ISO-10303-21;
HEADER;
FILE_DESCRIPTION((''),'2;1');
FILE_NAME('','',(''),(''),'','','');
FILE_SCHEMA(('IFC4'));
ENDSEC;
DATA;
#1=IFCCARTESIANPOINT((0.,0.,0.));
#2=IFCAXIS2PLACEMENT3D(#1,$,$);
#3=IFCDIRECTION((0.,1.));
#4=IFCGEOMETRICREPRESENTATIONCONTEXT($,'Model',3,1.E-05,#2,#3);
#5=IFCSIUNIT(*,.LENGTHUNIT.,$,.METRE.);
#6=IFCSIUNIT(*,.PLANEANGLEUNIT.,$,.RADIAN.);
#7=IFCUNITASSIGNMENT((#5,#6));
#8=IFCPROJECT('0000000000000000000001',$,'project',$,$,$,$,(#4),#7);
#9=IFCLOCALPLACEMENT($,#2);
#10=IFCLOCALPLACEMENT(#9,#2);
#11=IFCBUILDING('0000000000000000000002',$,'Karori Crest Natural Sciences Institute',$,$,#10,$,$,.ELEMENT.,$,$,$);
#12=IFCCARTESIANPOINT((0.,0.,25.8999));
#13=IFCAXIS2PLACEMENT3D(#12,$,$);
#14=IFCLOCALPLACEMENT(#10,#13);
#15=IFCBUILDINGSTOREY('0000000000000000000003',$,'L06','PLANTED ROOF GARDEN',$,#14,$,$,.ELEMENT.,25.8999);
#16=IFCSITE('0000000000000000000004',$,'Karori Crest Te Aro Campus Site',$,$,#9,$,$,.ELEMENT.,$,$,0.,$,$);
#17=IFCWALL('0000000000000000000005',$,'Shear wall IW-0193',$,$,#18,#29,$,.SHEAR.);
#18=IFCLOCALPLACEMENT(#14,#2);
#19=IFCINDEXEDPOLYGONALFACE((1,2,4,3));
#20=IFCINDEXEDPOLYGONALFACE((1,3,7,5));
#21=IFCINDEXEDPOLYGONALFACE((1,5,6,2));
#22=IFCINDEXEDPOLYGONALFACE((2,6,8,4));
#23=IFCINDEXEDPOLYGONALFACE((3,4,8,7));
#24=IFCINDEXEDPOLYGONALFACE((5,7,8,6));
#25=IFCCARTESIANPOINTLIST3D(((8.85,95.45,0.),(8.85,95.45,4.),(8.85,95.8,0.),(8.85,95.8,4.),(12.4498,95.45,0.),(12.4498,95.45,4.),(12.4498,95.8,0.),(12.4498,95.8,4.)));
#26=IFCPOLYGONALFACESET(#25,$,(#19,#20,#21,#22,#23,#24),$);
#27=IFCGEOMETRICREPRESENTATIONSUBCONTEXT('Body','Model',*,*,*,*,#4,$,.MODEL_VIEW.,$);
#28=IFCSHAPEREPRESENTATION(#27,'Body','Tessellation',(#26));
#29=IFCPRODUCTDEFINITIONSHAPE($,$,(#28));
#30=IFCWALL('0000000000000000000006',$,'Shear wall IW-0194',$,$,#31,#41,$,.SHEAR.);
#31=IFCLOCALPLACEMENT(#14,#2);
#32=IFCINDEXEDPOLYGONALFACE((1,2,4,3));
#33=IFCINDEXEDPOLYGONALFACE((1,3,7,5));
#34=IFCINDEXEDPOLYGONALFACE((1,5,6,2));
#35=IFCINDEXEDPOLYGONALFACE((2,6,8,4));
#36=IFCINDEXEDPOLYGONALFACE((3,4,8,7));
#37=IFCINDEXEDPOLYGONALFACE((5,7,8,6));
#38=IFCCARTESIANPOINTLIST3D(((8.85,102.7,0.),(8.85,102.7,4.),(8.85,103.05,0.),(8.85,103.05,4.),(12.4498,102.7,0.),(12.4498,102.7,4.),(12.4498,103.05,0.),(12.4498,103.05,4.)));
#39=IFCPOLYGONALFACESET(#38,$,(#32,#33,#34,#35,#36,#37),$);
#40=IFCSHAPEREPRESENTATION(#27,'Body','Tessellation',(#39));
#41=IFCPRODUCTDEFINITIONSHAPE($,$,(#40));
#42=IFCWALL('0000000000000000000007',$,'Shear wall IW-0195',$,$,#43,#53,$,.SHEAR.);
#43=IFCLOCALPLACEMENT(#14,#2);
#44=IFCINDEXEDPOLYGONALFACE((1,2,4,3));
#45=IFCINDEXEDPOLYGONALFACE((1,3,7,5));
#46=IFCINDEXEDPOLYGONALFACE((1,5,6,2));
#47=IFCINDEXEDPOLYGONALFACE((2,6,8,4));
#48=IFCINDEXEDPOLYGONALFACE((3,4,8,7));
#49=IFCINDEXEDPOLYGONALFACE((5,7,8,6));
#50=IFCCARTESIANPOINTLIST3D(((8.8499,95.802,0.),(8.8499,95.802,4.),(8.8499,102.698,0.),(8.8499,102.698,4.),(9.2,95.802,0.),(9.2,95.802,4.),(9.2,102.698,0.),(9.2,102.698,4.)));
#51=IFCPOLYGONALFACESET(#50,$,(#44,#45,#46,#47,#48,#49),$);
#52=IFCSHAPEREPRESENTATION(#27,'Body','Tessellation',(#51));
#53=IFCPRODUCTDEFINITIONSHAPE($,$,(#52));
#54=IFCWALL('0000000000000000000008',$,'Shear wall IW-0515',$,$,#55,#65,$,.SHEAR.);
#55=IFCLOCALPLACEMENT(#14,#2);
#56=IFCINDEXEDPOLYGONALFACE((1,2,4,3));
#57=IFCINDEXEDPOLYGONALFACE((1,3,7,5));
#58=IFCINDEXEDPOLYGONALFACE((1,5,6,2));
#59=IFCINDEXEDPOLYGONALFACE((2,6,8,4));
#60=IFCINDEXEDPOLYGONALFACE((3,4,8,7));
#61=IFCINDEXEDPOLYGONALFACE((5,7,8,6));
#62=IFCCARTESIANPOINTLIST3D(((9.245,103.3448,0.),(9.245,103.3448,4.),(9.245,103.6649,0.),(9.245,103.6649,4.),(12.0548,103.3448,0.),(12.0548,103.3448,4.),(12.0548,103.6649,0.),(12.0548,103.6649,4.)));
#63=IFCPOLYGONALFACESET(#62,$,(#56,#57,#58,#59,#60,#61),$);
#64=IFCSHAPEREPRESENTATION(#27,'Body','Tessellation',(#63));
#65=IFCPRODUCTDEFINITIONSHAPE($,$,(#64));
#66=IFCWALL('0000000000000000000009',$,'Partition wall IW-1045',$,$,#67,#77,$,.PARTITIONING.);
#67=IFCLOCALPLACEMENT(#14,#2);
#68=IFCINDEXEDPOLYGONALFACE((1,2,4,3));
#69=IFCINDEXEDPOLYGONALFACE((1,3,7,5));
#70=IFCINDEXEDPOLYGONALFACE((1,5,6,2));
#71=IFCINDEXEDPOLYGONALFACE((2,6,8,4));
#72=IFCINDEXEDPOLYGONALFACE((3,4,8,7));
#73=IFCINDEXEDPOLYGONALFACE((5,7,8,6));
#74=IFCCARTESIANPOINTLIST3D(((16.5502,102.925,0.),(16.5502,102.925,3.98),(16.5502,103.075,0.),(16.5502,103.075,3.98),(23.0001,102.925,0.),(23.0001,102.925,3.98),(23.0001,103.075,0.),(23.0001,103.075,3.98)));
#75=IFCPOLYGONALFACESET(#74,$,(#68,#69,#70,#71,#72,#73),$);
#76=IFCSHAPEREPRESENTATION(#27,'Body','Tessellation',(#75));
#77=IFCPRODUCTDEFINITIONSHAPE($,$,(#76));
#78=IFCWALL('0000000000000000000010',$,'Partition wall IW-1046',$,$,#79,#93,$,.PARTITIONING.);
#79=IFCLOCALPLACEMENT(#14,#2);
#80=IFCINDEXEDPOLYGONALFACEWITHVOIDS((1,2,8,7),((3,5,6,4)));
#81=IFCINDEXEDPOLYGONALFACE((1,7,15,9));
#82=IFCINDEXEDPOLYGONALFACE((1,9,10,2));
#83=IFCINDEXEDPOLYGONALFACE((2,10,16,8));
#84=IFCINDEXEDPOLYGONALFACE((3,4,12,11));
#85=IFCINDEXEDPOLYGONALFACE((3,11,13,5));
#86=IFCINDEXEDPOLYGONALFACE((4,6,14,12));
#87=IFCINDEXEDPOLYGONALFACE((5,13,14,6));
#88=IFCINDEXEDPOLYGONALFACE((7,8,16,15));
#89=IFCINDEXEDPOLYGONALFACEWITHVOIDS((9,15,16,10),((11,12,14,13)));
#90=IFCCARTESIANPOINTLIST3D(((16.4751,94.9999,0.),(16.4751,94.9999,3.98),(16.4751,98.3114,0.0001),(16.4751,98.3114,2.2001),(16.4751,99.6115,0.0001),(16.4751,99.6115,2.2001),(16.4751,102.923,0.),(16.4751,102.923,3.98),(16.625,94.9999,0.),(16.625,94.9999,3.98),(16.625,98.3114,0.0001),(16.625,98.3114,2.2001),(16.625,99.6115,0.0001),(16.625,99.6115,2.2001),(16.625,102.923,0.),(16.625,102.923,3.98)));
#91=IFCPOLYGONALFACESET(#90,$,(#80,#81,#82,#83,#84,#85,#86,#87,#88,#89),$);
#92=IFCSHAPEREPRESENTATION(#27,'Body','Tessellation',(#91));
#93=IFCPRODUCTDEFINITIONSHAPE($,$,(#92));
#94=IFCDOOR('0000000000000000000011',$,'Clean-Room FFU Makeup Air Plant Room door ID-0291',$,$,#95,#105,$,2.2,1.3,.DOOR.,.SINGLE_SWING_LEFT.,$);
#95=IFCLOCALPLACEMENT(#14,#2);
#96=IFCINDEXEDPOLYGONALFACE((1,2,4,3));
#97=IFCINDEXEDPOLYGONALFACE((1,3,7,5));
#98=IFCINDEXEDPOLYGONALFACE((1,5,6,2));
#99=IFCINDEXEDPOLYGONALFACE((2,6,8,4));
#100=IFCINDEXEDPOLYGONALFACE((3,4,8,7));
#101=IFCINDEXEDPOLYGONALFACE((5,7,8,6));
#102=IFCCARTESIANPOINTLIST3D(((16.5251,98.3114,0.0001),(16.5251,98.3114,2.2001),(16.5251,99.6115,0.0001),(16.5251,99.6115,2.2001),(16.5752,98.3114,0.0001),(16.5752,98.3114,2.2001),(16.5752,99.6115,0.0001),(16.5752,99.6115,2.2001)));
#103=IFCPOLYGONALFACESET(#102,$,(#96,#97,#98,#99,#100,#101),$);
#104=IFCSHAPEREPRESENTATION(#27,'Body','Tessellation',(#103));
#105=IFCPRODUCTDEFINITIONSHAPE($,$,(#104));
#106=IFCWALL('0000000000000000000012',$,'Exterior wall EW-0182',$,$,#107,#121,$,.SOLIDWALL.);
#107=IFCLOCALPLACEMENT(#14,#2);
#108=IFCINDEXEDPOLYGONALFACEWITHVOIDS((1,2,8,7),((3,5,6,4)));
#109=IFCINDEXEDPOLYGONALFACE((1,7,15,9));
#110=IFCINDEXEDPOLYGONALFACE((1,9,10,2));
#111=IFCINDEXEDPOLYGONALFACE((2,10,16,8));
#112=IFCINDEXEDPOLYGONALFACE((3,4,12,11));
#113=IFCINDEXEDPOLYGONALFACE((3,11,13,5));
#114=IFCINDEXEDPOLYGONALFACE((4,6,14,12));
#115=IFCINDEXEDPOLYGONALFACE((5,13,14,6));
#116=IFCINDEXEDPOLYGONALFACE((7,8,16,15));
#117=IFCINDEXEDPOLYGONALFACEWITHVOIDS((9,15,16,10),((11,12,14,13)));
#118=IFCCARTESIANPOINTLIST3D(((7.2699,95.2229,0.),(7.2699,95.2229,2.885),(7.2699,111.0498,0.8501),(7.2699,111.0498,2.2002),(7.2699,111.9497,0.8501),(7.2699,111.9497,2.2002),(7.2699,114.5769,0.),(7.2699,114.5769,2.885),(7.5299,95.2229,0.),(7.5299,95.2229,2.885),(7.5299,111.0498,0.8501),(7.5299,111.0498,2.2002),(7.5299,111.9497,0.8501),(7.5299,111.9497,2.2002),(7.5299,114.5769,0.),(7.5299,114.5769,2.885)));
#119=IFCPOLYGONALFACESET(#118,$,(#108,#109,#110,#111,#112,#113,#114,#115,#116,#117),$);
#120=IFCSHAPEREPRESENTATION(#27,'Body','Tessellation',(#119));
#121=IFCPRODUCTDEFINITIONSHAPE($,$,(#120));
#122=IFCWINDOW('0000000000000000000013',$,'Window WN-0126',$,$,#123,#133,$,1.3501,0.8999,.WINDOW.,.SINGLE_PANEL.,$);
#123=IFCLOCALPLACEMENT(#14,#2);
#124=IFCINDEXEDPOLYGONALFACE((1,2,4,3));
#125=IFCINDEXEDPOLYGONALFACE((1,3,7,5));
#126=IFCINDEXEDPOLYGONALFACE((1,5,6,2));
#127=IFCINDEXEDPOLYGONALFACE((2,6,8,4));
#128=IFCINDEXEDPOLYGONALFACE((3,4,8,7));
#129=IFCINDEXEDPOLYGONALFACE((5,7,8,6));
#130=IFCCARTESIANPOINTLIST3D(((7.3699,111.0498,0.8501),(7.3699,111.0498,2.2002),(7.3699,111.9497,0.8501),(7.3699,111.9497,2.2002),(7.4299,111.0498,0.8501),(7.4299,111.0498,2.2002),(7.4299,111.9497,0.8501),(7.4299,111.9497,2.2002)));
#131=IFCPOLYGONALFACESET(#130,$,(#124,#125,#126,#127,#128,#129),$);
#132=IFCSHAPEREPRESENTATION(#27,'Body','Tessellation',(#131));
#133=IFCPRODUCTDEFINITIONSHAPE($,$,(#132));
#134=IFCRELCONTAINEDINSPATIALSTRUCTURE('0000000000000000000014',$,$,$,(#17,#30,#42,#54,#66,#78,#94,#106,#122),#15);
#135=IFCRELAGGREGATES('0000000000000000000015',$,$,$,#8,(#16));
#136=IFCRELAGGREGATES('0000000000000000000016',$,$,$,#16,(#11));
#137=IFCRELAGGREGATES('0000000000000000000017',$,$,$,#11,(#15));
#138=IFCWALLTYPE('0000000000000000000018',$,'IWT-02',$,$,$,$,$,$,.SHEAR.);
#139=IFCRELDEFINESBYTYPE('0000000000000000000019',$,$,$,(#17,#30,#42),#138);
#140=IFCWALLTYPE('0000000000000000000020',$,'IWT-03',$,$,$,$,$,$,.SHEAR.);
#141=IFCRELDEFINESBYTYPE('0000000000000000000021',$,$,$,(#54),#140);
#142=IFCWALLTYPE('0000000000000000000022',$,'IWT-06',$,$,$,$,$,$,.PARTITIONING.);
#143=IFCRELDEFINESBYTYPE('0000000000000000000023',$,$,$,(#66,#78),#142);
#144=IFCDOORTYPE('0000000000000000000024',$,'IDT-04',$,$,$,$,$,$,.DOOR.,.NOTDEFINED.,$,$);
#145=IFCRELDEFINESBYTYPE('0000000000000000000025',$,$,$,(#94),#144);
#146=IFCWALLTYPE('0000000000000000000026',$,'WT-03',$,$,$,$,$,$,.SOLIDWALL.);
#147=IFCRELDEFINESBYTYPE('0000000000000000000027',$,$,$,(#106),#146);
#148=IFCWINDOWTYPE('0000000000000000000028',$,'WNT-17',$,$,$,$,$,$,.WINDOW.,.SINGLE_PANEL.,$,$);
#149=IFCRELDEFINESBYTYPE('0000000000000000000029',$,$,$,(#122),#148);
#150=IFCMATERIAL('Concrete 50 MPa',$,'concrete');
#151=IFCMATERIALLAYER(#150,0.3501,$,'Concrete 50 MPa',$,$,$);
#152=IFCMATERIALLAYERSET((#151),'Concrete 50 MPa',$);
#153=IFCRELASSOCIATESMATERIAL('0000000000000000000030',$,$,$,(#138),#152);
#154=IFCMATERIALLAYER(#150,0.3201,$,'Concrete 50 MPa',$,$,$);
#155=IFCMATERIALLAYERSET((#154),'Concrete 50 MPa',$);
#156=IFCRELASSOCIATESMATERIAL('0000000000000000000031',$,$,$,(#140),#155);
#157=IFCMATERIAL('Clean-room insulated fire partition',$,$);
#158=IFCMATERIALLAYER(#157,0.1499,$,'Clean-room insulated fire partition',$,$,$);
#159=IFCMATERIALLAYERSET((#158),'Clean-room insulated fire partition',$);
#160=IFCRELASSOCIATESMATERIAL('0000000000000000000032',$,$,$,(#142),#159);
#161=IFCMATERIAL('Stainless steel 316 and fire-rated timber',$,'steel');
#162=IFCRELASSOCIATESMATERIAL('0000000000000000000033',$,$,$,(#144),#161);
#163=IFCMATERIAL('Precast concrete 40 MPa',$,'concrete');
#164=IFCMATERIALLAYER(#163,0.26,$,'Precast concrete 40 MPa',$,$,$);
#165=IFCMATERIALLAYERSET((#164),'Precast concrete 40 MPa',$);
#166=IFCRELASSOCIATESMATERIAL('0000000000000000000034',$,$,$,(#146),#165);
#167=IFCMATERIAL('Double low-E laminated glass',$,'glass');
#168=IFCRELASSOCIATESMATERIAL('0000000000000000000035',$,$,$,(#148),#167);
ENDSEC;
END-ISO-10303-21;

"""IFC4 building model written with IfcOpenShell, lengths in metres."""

from ifc_helpers import new_model, si_unit, direction, frame, frame_2d, origin, place, context, subcontext, project, spatial, rectangle, extrude, material, layer, layer_set, type_object, element, fill, save


model = new_model("IFC4")

# Units and contexts
model_context = context("Model", 3, precision=1e-05, world=origin(), true_north=direction((0.0, 1.0)))
body_context = subcontext(model_context, "Body", "Model", "MODEL_VIEW")
ifc_project = project(units=[si_unit("LENGTHUNIT", "METRE"), si_unit("PLANEANGLEUNIT", "RADIAN")], contexts=[model_context])

# Site, building, storey
site_placement = place(None, origin())
site = spatial("IfcSite", under=ifc_project, at=site_placement, Name="Karori Crest Te Aro Campus Site", CompositionType="ELEMENT", RefElevation=0.0)
building_placement = place(site_placement, origin())
building = spatial("IfcBuilding", under=site, at=building_placement, Name="Karori Crest Natural Sciences Institute", CompositionType="ELEMENT")
storey_placement = place(building_placement, frame((0.0, 0.0, 25.8999)))
storey = spatial("IfcBuildingStorey", under=building, at=storey_placement, Name="L06", Description="PLANTED ROOF GARDEN", CompositionType="ELEMENT", Elevation=25.8999)

# Shared definitions
ifc_material_1 = material(Name="Concrete 50 MPa", Category="concrete")

# Walls
ifc_layer_1 = layer(ifc_material_1, 0.3501, Name="Concrete 50 MPa")
ifc_layer_set_1 = layer_set([ifc_layer_1], Name="Concrete 50 MPa")
wall_type_1 = type_object("IfcWallType", Name="IWT-02", PredefinedType="SHEAR", material=ifc_layer_set_1)
for number, where, z_axis, x_axis, name in (
    (1, (8.8501, 95.625, 0.0), (0.0, 0.0, 1.0), (1.0, 0.0, 0.0), "Shear wall IW-0193"),
    (2, (8.8501, 102.875, 0.0), (0.0, 0.0, 1.0), (1.0, 0.0, 0.0), "Shear wall IW-0194"),
):
    element("IfcWall", number, at=place(storey_placement, frame(where, z_axis=z_axis, x_axis=x_axis)), inside=storey, type_object=wall_type_1, Name=name, PredefinedType="SHEAR", context=body_context, shape_type="SweptSolid", body=[
        extrude(rectangle(XDim=3.5999, YDim=0.3501, at=frame_2d((1.7998, 0.0))), origin(), (0.0, 0.0, 1.0), 4.0),
    ])
wall_1_placement = place(storey_placement, frame((9.0249, 95.802, 0.0), z_axis=(0.0, 0.0, 1.0), x_axis=(0.0, 1.0, 0.0)))
element("IfcWall", 3, at=wall_1_placement, inside=storey, type_object=wall_type_1, Name="Shear wall IW-0195", PredefinedType="SHEAR", context=body_context, shape_type="SweptSolid", body=[
    extrude(rectangle(XDim=6.896, YDim=0.3501, at=frame_2d((3.448, 0.0))), origin(), (0.0, 0.0, 1.0), 4.0),
])

# Shared definitions
ifc_material_2 = material(Name="Stainless steel 316 and fire-rated timber", Category="steel")

# Walls
ifc_layer_2 = layer(ifc_material_1, 0.3201, Name="Concrete 50 MPa")
ifc_layer_set_2 = layer_set([ifc_layer_2], Name="Concrete 50 MPa")
wall_type_2 = type_object("IfcWallType", Name="IWT-03", PredefinedType="SHEAR", material=ifc_layer_set_2)
wall_2_placement = place(storey_placement, frame((9.2451, 103.5049, 0.0), z_axis=(0.0, 0.0, 1.0), x_axis=(1.0, 0.0, 0.0)))
element("IfcWall", 4, at=wall_2_placement, inside=storey, type_object=wall_type_2, Name="Shear wall IW-0515", PredefinedType="SHEAR", context=body_context, shape_type="SweptSolid", body=[
    extrude(rectangle(XDim=2.8098, YDim=0.3201, at=frame_2d((1.4048, 0.0))), origin(), (0.0, 0.0, 1.0), 4.0),
])
ifc_material_3 = material(Name="Clean-room insulated fire partition")
ifc_layer_3 = layer(ifc_material_3, 0.1499, Name="Clean-room insulated fire partition")
ifc_layer_set_3 = layer_set([ifc_layer_3], Name="Clean-room insulated fire partition")
wall_type_3 = type_object("IfcWallType", Name="IWT-06", PredefinedType="PARTITIONING", material=ifc_layer_set_3)
wall_3_placement = place(storey_placement, frame((16.55, 103.0, 0.0), z_axis=(0.0, 0.0, 1.0), x_axis=(1.0, 0.0, 0.0)))
element("IfcWall", 5, at=wall_3_placement, inside=storey, type_object=wall_type_3, Name="Partition wall IW-1045", PredefinedType="PARTITIONING", context=body_context, shape_type="SweptSolid", body=[
    extrude(rectangle(XDim=6.45, YDim=0.1499, at=frame_2d((3.2251, 0.0))), origin(), (0.0, 0.0, 1.0), 3.98),
])

# Wall, opening, door
wall_4_placement = place(storey_placement, frame((16.55, 95.0, 0.0), z_axis=(0.0, 0.0, 1.0), x_axis=(0.0, 1.0, 0.0)))
wall_4 = element("IfcWall", 6, at=wall_4_placement, inside=storey, type_object=wall_type_3, Name="Partition wall IW-1046", PredefinedType="PARTITIONING", context=body_context, shape_type="SweptSolid", body=[
    extrude(rectangle(XDim=7.9231, YDim=0.1499, at=frame_2d((3.9614, 0.0))), origin(), (0.0, 0.0, 1.0), 3.98),
])
opening_1_placement = place(wall_4_placement, frame((3.3115, 0.0, 0.0)))
opening_1 = element("IfcOpeningElement", 7, at=opening_1_placement, cuts=wall_4, PredefinedType="OPENING", context=body_context, shape_type="SweptSolid", body=[
    extrude(rectangle(XDim=1.3, YDim=2.2, at=frame_2d((0.6499, 1.1001))), frame((0.0, 0.085, 0.0), z_axis=(0.0, -1.0, 0.0), x_axis=(1.0, 0.0, 0.0)), (0.0, 0.0, 1.0), 0.1699),
])
door_type_1 = type_object("IfcDoorType", Name="IDT-04", OperationType="NOTDEFINED", PredefinedType="DOOR", material=ifc_material_2)
door_1_placement = place(opening_1_placement, origin())
door_1 = element("IfcDoor", 8, at=door_1_placement, inside=storey, type_object=door_type_1, Name="Clean-Room FFU Makeup Air Plant Room door ID-0291", OperationType="SINGLE_SWING_LEFT", OverallHeight=2.2, OverallWidth=1.3, PredefinedType="DOOR", context=body_context, shape_type="SweptSolid", body=[
    extrude(rectangle(XDim=1.3, YDim=2.2, at=frame_2d((0.6499, 1.1001))), frame((0.0, 0.0249, 0.0), z_axis=(0.0, -1.0, 0.0), x_axis=(1.0, 0.0, 0.0)), (0.0, 0.0, 1.0), 0.05),
])
fill(opening_1, door_1)

# Wall, opening, window
ifc_material_4 = material(Name="Precast concrete 40 MPa", Category="concrete")
ifc_layer_4 = layer(ifc_material_4, 0.26, Name="Precast concrete 40 MPa")
ifc_layer_set_4 = layer_set([ifc_layer_4], Name="Precast concrete 40 MPa")
wall_type_4 = type_object("IfcWallType", Name="WT-03", PredefinedType="SOLIDWALL", material=ifc_layer_set_4)
wall_5_placement = place(storey_placement, frame((7.3999, 95.2229, 0.0), z_axis=(0.0, 0.0, 1.0), x_axis=(0.0, 1.0, 0.0)))
wall_5 = element("IfcWall", 9, at=wall_5_placement, inside=storey, type_object=wall_type_4, Name="Exterior wall EW-0182", PredefinedType="SOLIDWALL", context=body_context, shape_type="SweptSolid", body=[
    extrude(rectangle(XDim=19.354, YDim=0.26, at=frame_2d((9.677, 0.0))), origin(), (0.0, 0.0, 1.0), 2.885),
])
opening_2_placement = place(wall_5_placement, frame((15.8269, 0.0, 0.8501)))
opening_2 = element("IfcOpeningElement", 10, at=opening_2_placement, cuts=wall_5, PredefinedType="OPENING", context=body_context, shape_type="SweptSolid", body=[
    extrude(rectangle(XDim=0.8999, YDim=1.3501, at=frame_2d((0.45, 0.675))), frame((0.0, 0.1401, 0.0), z_axis=(0.0, -1.0, 0.0), x_axis=(1.0, 0.0, 0.0)), (0.0, 0.0, 1.0), 0.28),
])
ifc_material_5 = material(Name="Double low-E laminated glass", Category="glass")
window_type = type_object("IfcWindowType", Name="WNT-17", PartitioningType="SINGLE_PANEL", PredefinedType="WINDOW", material=ifc_material_5)
window_placement = place(opening_2_placement, origin())
window = element("IfcWindow", 11, at=window_placement, inside=storey, type_object=window_type, Name="Window WN-0126", OverallHeight=1.3501, OverallWidth=0.8999, PartitioningType="SINGLE_PANEL", PredefinedType="WINDOW", context=body_context, shape_type="SweptSolid", body=[
    extrude(rectangle(XDim=0.8999, YDim=1.3501, at=frame_2d((0.45, 0.675))), frame((0.0, 0.03, 0.0), z_axis=(0.0, -1.0, 0.0), x_axis=(1.0, 0.0, 0.0)), (0.0, 0.0, 1.0), 0.0601),
])
fill(opening_2, window)

save(model, "model.ifc")
